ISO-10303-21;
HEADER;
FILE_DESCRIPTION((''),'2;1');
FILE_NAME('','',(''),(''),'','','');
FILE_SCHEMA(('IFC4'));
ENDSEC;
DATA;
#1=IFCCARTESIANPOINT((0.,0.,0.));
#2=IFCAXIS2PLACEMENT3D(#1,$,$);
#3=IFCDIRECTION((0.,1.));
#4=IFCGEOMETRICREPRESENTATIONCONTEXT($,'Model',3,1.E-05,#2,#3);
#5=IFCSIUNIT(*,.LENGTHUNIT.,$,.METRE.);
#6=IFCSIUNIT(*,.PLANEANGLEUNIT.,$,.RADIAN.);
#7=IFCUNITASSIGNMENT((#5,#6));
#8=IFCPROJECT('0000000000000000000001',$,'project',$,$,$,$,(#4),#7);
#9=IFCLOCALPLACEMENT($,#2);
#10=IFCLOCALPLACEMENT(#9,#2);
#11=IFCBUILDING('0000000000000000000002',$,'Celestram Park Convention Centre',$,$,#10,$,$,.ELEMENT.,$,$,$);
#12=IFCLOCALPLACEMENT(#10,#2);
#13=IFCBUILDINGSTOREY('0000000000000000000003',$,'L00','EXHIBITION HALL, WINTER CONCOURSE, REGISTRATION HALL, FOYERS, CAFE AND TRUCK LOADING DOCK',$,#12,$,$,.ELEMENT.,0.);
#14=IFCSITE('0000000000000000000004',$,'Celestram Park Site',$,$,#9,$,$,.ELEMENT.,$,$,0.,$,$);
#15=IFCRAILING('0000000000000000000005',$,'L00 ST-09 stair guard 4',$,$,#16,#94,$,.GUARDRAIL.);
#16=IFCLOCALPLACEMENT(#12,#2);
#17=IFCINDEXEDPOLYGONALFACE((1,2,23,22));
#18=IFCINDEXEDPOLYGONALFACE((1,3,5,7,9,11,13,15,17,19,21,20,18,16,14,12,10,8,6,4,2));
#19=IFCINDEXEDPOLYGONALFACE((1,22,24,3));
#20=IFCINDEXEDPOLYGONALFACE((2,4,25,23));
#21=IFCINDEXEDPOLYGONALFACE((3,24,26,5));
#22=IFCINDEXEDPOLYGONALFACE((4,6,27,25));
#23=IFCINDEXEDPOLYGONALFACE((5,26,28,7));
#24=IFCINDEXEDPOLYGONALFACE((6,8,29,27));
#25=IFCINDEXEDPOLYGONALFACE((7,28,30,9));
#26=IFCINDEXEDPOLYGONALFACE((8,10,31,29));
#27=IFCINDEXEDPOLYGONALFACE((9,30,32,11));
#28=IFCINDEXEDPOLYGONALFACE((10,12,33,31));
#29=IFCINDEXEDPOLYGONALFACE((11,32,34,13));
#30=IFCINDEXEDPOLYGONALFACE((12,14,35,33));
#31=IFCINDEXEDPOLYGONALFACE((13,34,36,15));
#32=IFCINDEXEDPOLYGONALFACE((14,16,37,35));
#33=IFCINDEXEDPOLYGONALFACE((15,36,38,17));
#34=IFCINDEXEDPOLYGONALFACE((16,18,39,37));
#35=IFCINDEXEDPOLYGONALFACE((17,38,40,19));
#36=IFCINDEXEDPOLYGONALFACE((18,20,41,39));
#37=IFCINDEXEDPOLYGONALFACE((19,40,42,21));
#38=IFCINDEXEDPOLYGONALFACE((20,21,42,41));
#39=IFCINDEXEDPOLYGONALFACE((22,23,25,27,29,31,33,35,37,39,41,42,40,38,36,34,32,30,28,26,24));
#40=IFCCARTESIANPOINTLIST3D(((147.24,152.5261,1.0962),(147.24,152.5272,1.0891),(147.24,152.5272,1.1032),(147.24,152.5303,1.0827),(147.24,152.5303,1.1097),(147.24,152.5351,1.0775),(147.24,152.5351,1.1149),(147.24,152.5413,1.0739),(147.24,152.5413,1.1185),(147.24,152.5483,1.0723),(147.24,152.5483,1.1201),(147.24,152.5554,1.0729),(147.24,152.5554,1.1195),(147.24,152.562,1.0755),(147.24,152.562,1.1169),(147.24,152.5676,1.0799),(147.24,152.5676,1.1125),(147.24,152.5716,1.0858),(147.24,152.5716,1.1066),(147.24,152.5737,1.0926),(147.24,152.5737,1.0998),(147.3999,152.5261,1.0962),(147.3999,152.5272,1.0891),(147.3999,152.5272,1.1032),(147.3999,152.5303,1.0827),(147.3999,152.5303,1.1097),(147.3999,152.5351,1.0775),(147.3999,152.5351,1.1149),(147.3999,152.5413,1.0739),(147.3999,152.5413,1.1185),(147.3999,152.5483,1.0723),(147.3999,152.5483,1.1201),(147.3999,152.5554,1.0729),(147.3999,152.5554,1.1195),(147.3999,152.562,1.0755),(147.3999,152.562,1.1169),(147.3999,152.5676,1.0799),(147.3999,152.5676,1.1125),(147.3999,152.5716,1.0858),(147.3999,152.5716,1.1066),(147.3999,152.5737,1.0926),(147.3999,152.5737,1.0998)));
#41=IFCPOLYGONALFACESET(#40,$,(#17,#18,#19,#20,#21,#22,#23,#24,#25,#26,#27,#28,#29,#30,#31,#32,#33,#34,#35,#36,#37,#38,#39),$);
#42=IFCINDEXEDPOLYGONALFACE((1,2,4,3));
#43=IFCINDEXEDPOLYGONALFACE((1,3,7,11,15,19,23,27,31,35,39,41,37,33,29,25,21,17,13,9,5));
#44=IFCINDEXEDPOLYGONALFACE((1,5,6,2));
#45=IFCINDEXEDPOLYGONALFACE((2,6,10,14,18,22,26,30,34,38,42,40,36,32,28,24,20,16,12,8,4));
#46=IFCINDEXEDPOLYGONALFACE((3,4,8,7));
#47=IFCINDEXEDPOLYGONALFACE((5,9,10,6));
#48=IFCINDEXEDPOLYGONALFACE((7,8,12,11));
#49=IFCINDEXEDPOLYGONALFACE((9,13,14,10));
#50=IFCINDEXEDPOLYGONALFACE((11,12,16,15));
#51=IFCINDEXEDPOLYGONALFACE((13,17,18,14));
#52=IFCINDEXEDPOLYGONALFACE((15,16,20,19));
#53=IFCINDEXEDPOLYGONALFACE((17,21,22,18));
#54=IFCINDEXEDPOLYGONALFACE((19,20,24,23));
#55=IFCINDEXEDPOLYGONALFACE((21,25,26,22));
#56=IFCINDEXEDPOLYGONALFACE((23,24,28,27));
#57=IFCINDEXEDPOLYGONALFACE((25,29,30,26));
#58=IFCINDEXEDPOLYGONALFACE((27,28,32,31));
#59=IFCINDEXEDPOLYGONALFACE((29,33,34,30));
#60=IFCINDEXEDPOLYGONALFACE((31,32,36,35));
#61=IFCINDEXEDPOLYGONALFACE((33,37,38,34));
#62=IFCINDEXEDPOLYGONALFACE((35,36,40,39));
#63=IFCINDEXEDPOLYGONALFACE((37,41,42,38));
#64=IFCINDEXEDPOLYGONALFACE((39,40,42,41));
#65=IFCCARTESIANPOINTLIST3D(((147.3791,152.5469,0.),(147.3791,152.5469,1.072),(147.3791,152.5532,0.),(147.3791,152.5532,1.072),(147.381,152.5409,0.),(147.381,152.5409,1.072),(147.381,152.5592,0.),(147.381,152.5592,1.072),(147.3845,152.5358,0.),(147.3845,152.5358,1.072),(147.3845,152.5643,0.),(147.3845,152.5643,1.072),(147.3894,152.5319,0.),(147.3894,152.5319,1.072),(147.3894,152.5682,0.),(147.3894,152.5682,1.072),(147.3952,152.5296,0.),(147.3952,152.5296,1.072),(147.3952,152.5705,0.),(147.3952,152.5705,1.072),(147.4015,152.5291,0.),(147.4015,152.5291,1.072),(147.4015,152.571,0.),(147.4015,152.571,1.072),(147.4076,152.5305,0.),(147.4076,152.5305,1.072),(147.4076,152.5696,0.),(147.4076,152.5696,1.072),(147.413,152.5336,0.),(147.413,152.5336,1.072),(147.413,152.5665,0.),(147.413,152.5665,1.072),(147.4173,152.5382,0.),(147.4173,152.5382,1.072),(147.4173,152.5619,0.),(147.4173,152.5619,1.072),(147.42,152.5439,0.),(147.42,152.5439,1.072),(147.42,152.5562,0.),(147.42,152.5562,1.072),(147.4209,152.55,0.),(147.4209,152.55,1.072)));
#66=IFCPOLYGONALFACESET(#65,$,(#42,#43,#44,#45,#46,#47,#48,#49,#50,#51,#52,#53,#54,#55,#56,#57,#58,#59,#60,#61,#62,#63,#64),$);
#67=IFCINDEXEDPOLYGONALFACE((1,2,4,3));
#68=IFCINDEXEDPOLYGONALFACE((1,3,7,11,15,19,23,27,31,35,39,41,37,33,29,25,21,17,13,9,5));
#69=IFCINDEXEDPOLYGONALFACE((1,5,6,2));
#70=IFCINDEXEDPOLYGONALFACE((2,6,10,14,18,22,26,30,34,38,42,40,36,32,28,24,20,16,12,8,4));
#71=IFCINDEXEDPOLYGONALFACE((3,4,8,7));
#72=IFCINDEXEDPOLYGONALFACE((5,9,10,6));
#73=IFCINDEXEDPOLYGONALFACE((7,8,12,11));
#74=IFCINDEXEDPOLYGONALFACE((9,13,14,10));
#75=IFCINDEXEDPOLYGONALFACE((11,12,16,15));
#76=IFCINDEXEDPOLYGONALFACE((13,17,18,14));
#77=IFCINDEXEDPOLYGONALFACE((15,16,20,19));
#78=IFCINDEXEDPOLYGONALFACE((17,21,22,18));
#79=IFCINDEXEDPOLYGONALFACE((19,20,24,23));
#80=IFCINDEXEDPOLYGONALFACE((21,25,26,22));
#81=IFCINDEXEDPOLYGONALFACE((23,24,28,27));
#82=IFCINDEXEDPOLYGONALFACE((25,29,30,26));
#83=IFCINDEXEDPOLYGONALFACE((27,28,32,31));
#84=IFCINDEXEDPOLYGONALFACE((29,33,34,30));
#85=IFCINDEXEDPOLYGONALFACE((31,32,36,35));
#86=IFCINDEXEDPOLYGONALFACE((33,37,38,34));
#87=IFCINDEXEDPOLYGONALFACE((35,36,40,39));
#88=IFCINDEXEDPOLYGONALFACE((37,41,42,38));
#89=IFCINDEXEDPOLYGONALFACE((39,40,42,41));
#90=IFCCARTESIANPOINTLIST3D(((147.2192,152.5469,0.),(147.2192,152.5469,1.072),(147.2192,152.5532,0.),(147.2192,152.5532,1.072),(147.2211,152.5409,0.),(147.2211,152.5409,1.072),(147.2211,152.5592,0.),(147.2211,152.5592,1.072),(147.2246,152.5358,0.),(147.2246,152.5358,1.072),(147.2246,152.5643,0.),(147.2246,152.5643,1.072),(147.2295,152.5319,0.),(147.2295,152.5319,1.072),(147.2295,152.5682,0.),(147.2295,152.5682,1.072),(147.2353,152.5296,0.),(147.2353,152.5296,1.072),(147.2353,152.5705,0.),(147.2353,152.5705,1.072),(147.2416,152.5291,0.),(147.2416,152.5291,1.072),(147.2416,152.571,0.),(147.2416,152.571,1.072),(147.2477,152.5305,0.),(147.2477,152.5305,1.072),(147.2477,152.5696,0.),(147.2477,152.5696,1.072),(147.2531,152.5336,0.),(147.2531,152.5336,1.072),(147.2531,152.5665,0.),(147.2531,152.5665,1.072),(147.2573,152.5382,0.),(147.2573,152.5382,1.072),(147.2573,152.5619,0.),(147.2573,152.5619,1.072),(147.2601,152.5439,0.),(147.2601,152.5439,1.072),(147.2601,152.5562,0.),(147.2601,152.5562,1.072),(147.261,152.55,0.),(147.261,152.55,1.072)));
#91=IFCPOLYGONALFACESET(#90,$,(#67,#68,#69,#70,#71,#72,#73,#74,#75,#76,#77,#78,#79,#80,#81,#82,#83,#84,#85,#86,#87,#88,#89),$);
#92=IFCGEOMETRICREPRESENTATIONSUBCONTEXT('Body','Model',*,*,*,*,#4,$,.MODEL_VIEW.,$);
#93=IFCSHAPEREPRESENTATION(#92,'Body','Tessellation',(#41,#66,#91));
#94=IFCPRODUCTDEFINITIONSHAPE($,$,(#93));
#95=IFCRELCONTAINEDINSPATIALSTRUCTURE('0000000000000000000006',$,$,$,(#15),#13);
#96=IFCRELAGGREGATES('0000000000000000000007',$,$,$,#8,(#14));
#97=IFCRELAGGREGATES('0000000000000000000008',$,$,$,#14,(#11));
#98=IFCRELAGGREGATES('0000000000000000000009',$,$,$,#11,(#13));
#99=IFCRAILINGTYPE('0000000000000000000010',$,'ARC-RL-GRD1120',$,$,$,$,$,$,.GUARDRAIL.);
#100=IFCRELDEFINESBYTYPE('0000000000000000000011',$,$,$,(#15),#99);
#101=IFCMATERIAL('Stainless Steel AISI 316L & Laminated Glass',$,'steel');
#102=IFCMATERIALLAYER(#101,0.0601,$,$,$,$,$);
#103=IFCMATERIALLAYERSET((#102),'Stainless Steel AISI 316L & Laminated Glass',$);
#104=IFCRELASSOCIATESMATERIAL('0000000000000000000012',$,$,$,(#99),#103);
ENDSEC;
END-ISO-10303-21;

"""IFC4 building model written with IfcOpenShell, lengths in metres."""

from ifc_helpers import new_model, si_unit, direction, frame, origin, origin_2d, place, context, subcontext, project, spatial, circle, extrude, material, layer, layer_set, type_object, element, save


model = new_model("IFC4")

# Units and contexts
model_context = context("Model", 3, precision=1e-05, world=origin(), true_north=direction((0.0, 1.0)))
body_context = subcontext(model_context, "Body", "Model", "MODEL_VIEW")
ifc_project = project(units=[si_unit("LENGTHUNIT", "METRE"), si_unit("PLANEANGLEUNIT", "RADIAN")], contexts=[model_context])

# Site, building, storey
site_placement = place(None, origin())
site = spatial("IfcSite", under=ifc_project, at=site_placement, Name="Celestram Park Site", CompositionType="ELEMENT", RefElevation=0.0)
building_placement = place(site_placement, origin())
building = spatial("IfcBuilding", under=site, at=building_placement, Name="Celestram Park Convention Centre", CompositionType="ELEMENT")
storey_placement = place(building_placement, origin())
storey = spatial("IfcBuildingStorey", under=building, at=storey_placement, Name="L00", Description="EXHIBITION HALL, WINTER CONCOURSE, REGISTRATION HALL, FOYERS, CAFE AND TRUCK LOADING DOCK", CompositionType="ELEMENT", Elevation=0.0)

# Railing
ifc_material_1 = material(Name="Stainless Steel AISI 316L & Laminated Glass", Category="steel")
ifc_layer_1 = layer(ifc_material_1, 0.0601)
ifc_layer_set_1 = layer_set([ifc_layer_1], Name="Stainless Steel AISI 316L & Laminated Glass")
railing_type_1 = type_object("IfcRailingType", Name="ARC-RL-GRD1120", PredefinedType="GUARDRAIL", material=ifc_layer_set_1)
railing_1_placement = place(storey_placement, frame((147.3999, 152.55, 0.0)))
element("IfcRailing", 1, at=railing_1_placement, inside=storey, type_object=railing_type_1, Name="L00 ST-09 stair guard 4", PredefinedType="GUARDRAIL", context=body_context, shape_type="SweptSolid", body=[
    extrude(circle(Radius=0.0239, at=origin_2d()), frame((0.0, 0.0, 1.0962), z_axis=(-1.0, 0.0, 0.0), x_axis=(0.0, -1.0, 0.0)), (0.0, 0.0, 1.0), 0.1599),
    extrude(circle(Radius=0.021, at=origin_2d()), origin(), (0.0, 0.0, 1.0), 1.072),
    extrude(circle(Radius=0.021, at=origin_2d()), frame((-0.1599, 0.0, 0.0)), (0.0, 0.0, 1.0), 1.072),
])

save(model, "model.ifc")
